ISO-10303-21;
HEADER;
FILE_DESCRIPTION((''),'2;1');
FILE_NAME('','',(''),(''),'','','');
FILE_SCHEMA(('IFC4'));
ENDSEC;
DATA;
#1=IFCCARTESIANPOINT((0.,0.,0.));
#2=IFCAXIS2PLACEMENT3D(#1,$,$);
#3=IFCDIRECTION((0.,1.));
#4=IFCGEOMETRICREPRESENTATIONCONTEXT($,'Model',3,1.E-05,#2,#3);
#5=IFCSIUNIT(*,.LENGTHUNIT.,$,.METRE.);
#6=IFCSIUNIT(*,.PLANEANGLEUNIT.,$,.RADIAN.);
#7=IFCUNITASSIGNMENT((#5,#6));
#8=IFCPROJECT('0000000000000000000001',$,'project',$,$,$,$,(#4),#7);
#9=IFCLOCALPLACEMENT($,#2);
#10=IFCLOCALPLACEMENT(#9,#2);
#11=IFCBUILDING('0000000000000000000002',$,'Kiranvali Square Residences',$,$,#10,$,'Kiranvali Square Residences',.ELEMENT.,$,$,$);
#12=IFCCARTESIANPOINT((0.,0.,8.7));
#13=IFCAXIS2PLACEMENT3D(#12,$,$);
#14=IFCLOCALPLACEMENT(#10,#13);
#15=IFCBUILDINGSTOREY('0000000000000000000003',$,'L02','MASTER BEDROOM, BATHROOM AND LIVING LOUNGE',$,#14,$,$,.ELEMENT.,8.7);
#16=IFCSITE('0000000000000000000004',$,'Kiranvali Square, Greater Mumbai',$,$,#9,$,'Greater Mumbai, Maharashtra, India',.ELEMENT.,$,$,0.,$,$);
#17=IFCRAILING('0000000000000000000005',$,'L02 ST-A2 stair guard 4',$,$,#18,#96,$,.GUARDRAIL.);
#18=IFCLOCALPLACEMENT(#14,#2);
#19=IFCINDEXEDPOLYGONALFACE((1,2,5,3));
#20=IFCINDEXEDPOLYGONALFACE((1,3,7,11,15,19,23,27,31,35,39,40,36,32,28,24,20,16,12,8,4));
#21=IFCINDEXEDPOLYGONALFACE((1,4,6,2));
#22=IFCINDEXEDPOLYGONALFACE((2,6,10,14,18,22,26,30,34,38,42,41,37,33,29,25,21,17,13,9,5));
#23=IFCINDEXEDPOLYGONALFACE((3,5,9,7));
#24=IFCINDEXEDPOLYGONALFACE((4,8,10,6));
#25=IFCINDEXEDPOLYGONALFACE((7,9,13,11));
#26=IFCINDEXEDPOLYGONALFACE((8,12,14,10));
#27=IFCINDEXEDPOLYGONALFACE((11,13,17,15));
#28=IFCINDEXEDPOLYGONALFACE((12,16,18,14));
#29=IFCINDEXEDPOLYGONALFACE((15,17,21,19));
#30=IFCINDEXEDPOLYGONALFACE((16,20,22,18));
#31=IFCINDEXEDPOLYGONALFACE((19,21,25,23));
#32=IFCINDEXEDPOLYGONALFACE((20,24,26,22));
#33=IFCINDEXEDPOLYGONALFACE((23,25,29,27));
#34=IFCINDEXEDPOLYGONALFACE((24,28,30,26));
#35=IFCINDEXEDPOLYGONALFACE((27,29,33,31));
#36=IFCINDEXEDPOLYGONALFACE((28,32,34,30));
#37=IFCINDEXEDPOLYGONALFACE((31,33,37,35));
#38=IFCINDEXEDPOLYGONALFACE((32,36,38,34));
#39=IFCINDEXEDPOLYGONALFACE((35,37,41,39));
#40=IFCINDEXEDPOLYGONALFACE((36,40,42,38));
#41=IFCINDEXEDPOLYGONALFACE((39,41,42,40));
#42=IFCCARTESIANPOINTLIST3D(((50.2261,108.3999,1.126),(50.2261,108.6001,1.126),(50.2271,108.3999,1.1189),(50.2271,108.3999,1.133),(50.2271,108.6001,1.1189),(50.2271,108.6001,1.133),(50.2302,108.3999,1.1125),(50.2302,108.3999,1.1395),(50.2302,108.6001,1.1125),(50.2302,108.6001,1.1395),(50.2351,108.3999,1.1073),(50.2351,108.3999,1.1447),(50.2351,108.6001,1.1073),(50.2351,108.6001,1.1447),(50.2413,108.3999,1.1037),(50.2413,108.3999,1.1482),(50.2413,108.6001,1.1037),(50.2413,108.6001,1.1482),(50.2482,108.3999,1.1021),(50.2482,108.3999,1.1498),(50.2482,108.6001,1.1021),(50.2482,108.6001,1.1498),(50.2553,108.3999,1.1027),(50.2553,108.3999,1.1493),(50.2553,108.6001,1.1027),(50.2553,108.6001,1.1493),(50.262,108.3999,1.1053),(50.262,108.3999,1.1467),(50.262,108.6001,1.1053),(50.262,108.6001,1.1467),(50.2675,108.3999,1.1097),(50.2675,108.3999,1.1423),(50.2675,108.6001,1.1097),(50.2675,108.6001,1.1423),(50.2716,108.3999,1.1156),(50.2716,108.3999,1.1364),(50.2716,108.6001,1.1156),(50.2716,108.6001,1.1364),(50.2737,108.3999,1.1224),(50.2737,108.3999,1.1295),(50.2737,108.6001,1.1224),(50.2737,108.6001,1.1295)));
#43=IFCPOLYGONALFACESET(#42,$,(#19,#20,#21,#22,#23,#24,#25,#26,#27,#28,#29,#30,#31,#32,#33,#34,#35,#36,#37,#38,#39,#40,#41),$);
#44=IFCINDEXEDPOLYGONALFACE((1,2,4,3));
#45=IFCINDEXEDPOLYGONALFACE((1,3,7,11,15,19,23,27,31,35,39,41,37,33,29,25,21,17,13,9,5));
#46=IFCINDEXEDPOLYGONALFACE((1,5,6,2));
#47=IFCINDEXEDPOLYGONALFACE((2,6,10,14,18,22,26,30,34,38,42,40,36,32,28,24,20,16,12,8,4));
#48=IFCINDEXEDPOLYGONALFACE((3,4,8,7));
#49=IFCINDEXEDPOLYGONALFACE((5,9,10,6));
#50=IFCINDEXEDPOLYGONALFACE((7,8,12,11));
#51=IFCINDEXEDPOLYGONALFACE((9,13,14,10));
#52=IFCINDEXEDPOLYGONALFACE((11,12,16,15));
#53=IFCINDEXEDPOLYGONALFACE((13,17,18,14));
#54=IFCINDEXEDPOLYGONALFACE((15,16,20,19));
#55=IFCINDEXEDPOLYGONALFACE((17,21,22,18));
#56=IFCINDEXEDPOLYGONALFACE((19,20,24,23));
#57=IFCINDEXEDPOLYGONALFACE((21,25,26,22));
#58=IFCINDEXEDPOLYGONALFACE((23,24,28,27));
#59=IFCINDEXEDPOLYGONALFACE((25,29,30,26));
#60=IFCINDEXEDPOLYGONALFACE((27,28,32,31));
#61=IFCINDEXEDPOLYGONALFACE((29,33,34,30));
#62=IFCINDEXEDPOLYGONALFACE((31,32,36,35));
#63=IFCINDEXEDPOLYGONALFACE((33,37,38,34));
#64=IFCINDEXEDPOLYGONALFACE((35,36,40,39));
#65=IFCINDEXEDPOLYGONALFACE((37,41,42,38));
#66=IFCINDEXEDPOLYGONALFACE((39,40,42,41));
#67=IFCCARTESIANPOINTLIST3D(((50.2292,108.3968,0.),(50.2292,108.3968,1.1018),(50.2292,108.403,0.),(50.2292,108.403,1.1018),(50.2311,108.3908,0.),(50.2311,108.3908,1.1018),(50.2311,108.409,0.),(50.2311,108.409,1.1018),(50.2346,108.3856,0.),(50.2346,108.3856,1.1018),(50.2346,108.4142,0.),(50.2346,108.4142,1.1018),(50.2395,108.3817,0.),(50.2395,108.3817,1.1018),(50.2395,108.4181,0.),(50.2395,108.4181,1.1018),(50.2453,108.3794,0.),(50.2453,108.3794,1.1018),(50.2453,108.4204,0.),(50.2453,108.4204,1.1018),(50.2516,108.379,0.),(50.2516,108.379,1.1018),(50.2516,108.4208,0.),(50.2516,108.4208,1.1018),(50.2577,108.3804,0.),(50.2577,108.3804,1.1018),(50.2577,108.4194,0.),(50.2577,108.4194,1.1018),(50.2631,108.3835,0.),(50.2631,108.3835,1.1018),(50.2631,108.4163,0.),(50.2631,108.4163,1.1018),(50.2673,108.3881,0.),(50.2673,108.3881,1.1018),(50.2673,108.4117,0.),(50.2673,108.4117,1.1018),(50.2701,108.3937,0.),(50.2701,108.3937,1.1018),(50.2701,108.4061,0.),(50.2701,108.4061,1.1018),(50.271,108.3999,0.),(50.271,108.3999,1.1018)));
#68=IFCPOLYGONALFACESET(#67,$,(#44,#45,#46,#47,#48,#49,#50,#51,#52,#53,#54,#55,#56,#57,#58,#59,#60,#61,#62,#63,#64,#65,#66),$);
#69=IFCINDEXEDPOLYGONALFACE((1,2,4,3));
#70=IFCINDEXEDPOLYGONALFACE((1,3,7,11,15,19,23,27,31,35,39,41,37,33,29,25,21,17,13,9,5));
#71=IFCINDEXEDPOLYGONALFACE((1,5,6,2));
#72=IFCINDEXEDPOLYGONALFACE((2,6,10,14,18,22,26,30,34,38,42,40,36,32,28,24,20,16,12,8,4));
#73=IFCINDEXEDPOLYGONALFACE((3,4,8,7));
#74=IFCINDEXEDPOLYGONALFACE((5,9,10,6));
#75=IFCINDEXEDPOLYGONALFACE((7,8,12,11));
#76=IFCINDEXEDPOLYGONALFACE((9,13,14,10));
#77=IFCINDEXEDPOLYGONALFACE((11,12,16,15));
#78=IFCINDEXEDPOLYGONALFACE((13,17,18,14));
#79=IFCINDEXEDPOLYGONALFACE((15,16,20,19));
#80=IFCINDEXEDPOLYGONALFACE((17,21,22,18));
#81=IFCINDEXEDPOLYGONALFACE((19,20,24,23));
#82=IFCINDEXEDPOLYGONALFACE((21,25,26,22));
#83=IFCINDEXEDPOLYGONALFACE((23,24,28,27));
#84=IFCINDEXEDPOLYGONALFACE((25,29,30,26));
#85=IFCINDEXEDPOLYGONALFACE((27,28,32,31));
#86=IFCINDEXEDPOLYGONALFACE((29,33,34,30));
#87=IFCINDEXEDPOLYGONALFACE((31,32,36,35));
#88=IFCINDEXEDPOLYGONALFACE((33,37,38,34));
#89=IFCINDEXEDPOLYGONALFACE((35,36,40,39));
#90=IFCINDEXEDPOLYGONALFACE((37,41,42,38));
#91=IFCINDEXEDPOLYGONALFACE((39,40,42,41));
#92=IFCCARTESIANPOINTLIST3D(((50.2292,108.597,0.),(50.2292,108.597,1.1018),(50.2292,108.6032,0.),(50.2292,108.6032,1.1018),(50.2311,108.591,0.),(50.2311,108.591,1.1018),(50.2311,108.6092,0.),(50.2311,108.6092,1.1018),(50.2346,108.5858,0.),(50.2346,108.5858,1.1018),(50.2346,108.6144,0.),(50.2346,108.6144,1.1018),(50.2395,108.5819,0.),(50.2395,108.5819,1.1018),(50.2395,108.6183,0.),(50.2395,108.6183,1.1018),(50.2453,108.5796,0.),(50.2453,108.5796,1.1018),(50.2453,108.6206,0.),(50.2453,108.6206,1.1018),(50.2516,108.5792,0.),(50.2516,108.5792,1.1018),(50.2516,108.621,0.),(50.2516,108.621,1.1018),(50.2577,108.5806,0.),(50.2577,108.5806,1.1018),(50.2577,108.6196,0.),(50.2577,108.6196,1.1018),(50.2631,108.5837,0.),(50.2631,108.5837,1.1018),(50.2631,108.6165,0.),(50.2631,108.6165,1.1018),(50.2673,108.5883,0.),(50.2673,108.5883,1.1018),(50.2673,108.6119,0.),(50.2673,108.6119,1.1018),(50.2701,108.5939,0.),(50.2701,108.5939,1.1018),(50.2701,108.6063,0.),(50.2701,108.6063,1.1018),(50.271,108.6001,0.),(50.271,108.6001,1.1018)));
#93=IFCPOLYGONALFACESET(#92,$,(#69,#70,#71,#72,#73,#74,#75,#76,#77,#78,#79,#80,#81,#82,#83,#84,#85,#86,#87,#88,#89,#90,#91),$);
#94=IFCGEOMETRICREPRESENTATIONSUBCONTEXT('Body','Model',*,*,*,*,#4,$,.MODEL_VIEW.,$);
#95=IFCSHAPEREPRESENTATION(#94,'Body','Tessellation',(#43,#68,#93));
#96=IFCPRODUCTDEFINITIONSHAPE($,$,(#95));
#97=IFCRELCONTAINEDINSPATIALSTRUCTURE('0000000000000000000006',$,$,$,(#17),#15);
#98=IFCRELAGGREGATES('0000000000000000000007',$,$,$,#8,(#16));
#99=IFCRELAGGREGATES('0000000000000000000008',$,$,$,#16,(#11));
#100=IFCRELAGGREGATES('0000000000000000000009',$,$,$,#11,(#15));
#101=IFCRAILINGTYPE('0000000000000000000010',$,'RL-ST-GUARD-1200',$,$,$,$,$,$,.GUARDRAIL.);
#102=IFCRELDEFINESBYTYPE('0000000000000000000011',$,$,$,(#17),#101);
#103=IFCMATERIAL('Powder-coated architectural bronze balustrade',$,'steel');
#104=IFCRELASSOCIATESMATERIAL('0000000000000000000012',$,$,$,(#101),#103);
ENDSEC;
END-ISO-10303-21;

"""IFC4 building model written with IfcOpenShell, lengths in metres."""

from ifc_helpers import new_model, si_unit, direction, frame, origin, origin_2d, place, context, subcontext, project, spatial, circle, extrude, material, type_object, element, save


model = new_model("IFC4")

# Units and contexts
model_context = context("Model", 3, precision=1e-05, world=origin(), true_north=direction((0.0, 1.0)))
body_context = subcontext(model_context, "Body", "Model", "MODEL_VIEW")
ifc_project = project(units=[si_unit("LENGTHUNIT", "METRE"), si_unit("PLANEANGLEUNIT", "RADIAN")], contexts=[model_context])

# Site, building, storey
site_placement = place(None, origin())
site = spatial("IfcSite", under=ifc_project, at=site_placement, Name="Kiranvali Square, Greater Mumbai", LongName="Greater Mumbai, Maharashtra, India", CompositionType="ELEMENT", RefElevation=0.0)
building_placement = place(site_placement, origin())
building = spatial("IfcBuilding", under=site, at=building_placement, Name="Kiranvali Square Residences", LongName="Kiranvali Square Residences", CompositionType="ELEMENT")
storey_placement = place(building_placement, frame((0.0, 0.0, 8.7)))
storey = spatial("IfcBuildingStorey", under=building, at=storey_placement, Name="L02", Description="MASTER BEDROOM, BATHROOM AND LIVING LOUNGE", CompositionType="ELEMENT", Elevation=8.7)

# Railing
ifc_material_1 = material(Name="Powder-coated architectural bronze balustrade", Category="steel")
railing_type_1 = type_object("IfcRailingType", Name="RL-ST-GUARD-1200", PredefinedType="GUARDRAIL", material=ifc_material_1)
railing_1_placement = place(storey_placement, frame((50.25, 108.3999, 0.0)))
element("IfcRailing", 1, at=railing_1_placement, inside=storey, type_object=railing_type_1, Name="L02 ST-A2 stair guard 4", PredefinedType="GUARDRAIL", context=body_context, shape_type="SweptSolid", body=[
    extrude(circle(Radius=0.0239, at=origin_2d()), frame((0.0, 0.0, 1.126), z_axis=(0.0, 1.0, 0.0), x_axis=(-1.0, 0.0, 0.0)), (0.0, 0.0, 1.0), 0.2002),
    extrude(circle(Radius=0.021, at=origin_2d()), origin(), (0.0, 0.0, 1.0), 1.1018),
    extrude(circle(Radius=0.021, at=origin_2d()), frame((0.0, 0.2002, 0.0)), (0.0, 0.0, 1.0), 1.1018),
])

save(model, "model.ifc")
